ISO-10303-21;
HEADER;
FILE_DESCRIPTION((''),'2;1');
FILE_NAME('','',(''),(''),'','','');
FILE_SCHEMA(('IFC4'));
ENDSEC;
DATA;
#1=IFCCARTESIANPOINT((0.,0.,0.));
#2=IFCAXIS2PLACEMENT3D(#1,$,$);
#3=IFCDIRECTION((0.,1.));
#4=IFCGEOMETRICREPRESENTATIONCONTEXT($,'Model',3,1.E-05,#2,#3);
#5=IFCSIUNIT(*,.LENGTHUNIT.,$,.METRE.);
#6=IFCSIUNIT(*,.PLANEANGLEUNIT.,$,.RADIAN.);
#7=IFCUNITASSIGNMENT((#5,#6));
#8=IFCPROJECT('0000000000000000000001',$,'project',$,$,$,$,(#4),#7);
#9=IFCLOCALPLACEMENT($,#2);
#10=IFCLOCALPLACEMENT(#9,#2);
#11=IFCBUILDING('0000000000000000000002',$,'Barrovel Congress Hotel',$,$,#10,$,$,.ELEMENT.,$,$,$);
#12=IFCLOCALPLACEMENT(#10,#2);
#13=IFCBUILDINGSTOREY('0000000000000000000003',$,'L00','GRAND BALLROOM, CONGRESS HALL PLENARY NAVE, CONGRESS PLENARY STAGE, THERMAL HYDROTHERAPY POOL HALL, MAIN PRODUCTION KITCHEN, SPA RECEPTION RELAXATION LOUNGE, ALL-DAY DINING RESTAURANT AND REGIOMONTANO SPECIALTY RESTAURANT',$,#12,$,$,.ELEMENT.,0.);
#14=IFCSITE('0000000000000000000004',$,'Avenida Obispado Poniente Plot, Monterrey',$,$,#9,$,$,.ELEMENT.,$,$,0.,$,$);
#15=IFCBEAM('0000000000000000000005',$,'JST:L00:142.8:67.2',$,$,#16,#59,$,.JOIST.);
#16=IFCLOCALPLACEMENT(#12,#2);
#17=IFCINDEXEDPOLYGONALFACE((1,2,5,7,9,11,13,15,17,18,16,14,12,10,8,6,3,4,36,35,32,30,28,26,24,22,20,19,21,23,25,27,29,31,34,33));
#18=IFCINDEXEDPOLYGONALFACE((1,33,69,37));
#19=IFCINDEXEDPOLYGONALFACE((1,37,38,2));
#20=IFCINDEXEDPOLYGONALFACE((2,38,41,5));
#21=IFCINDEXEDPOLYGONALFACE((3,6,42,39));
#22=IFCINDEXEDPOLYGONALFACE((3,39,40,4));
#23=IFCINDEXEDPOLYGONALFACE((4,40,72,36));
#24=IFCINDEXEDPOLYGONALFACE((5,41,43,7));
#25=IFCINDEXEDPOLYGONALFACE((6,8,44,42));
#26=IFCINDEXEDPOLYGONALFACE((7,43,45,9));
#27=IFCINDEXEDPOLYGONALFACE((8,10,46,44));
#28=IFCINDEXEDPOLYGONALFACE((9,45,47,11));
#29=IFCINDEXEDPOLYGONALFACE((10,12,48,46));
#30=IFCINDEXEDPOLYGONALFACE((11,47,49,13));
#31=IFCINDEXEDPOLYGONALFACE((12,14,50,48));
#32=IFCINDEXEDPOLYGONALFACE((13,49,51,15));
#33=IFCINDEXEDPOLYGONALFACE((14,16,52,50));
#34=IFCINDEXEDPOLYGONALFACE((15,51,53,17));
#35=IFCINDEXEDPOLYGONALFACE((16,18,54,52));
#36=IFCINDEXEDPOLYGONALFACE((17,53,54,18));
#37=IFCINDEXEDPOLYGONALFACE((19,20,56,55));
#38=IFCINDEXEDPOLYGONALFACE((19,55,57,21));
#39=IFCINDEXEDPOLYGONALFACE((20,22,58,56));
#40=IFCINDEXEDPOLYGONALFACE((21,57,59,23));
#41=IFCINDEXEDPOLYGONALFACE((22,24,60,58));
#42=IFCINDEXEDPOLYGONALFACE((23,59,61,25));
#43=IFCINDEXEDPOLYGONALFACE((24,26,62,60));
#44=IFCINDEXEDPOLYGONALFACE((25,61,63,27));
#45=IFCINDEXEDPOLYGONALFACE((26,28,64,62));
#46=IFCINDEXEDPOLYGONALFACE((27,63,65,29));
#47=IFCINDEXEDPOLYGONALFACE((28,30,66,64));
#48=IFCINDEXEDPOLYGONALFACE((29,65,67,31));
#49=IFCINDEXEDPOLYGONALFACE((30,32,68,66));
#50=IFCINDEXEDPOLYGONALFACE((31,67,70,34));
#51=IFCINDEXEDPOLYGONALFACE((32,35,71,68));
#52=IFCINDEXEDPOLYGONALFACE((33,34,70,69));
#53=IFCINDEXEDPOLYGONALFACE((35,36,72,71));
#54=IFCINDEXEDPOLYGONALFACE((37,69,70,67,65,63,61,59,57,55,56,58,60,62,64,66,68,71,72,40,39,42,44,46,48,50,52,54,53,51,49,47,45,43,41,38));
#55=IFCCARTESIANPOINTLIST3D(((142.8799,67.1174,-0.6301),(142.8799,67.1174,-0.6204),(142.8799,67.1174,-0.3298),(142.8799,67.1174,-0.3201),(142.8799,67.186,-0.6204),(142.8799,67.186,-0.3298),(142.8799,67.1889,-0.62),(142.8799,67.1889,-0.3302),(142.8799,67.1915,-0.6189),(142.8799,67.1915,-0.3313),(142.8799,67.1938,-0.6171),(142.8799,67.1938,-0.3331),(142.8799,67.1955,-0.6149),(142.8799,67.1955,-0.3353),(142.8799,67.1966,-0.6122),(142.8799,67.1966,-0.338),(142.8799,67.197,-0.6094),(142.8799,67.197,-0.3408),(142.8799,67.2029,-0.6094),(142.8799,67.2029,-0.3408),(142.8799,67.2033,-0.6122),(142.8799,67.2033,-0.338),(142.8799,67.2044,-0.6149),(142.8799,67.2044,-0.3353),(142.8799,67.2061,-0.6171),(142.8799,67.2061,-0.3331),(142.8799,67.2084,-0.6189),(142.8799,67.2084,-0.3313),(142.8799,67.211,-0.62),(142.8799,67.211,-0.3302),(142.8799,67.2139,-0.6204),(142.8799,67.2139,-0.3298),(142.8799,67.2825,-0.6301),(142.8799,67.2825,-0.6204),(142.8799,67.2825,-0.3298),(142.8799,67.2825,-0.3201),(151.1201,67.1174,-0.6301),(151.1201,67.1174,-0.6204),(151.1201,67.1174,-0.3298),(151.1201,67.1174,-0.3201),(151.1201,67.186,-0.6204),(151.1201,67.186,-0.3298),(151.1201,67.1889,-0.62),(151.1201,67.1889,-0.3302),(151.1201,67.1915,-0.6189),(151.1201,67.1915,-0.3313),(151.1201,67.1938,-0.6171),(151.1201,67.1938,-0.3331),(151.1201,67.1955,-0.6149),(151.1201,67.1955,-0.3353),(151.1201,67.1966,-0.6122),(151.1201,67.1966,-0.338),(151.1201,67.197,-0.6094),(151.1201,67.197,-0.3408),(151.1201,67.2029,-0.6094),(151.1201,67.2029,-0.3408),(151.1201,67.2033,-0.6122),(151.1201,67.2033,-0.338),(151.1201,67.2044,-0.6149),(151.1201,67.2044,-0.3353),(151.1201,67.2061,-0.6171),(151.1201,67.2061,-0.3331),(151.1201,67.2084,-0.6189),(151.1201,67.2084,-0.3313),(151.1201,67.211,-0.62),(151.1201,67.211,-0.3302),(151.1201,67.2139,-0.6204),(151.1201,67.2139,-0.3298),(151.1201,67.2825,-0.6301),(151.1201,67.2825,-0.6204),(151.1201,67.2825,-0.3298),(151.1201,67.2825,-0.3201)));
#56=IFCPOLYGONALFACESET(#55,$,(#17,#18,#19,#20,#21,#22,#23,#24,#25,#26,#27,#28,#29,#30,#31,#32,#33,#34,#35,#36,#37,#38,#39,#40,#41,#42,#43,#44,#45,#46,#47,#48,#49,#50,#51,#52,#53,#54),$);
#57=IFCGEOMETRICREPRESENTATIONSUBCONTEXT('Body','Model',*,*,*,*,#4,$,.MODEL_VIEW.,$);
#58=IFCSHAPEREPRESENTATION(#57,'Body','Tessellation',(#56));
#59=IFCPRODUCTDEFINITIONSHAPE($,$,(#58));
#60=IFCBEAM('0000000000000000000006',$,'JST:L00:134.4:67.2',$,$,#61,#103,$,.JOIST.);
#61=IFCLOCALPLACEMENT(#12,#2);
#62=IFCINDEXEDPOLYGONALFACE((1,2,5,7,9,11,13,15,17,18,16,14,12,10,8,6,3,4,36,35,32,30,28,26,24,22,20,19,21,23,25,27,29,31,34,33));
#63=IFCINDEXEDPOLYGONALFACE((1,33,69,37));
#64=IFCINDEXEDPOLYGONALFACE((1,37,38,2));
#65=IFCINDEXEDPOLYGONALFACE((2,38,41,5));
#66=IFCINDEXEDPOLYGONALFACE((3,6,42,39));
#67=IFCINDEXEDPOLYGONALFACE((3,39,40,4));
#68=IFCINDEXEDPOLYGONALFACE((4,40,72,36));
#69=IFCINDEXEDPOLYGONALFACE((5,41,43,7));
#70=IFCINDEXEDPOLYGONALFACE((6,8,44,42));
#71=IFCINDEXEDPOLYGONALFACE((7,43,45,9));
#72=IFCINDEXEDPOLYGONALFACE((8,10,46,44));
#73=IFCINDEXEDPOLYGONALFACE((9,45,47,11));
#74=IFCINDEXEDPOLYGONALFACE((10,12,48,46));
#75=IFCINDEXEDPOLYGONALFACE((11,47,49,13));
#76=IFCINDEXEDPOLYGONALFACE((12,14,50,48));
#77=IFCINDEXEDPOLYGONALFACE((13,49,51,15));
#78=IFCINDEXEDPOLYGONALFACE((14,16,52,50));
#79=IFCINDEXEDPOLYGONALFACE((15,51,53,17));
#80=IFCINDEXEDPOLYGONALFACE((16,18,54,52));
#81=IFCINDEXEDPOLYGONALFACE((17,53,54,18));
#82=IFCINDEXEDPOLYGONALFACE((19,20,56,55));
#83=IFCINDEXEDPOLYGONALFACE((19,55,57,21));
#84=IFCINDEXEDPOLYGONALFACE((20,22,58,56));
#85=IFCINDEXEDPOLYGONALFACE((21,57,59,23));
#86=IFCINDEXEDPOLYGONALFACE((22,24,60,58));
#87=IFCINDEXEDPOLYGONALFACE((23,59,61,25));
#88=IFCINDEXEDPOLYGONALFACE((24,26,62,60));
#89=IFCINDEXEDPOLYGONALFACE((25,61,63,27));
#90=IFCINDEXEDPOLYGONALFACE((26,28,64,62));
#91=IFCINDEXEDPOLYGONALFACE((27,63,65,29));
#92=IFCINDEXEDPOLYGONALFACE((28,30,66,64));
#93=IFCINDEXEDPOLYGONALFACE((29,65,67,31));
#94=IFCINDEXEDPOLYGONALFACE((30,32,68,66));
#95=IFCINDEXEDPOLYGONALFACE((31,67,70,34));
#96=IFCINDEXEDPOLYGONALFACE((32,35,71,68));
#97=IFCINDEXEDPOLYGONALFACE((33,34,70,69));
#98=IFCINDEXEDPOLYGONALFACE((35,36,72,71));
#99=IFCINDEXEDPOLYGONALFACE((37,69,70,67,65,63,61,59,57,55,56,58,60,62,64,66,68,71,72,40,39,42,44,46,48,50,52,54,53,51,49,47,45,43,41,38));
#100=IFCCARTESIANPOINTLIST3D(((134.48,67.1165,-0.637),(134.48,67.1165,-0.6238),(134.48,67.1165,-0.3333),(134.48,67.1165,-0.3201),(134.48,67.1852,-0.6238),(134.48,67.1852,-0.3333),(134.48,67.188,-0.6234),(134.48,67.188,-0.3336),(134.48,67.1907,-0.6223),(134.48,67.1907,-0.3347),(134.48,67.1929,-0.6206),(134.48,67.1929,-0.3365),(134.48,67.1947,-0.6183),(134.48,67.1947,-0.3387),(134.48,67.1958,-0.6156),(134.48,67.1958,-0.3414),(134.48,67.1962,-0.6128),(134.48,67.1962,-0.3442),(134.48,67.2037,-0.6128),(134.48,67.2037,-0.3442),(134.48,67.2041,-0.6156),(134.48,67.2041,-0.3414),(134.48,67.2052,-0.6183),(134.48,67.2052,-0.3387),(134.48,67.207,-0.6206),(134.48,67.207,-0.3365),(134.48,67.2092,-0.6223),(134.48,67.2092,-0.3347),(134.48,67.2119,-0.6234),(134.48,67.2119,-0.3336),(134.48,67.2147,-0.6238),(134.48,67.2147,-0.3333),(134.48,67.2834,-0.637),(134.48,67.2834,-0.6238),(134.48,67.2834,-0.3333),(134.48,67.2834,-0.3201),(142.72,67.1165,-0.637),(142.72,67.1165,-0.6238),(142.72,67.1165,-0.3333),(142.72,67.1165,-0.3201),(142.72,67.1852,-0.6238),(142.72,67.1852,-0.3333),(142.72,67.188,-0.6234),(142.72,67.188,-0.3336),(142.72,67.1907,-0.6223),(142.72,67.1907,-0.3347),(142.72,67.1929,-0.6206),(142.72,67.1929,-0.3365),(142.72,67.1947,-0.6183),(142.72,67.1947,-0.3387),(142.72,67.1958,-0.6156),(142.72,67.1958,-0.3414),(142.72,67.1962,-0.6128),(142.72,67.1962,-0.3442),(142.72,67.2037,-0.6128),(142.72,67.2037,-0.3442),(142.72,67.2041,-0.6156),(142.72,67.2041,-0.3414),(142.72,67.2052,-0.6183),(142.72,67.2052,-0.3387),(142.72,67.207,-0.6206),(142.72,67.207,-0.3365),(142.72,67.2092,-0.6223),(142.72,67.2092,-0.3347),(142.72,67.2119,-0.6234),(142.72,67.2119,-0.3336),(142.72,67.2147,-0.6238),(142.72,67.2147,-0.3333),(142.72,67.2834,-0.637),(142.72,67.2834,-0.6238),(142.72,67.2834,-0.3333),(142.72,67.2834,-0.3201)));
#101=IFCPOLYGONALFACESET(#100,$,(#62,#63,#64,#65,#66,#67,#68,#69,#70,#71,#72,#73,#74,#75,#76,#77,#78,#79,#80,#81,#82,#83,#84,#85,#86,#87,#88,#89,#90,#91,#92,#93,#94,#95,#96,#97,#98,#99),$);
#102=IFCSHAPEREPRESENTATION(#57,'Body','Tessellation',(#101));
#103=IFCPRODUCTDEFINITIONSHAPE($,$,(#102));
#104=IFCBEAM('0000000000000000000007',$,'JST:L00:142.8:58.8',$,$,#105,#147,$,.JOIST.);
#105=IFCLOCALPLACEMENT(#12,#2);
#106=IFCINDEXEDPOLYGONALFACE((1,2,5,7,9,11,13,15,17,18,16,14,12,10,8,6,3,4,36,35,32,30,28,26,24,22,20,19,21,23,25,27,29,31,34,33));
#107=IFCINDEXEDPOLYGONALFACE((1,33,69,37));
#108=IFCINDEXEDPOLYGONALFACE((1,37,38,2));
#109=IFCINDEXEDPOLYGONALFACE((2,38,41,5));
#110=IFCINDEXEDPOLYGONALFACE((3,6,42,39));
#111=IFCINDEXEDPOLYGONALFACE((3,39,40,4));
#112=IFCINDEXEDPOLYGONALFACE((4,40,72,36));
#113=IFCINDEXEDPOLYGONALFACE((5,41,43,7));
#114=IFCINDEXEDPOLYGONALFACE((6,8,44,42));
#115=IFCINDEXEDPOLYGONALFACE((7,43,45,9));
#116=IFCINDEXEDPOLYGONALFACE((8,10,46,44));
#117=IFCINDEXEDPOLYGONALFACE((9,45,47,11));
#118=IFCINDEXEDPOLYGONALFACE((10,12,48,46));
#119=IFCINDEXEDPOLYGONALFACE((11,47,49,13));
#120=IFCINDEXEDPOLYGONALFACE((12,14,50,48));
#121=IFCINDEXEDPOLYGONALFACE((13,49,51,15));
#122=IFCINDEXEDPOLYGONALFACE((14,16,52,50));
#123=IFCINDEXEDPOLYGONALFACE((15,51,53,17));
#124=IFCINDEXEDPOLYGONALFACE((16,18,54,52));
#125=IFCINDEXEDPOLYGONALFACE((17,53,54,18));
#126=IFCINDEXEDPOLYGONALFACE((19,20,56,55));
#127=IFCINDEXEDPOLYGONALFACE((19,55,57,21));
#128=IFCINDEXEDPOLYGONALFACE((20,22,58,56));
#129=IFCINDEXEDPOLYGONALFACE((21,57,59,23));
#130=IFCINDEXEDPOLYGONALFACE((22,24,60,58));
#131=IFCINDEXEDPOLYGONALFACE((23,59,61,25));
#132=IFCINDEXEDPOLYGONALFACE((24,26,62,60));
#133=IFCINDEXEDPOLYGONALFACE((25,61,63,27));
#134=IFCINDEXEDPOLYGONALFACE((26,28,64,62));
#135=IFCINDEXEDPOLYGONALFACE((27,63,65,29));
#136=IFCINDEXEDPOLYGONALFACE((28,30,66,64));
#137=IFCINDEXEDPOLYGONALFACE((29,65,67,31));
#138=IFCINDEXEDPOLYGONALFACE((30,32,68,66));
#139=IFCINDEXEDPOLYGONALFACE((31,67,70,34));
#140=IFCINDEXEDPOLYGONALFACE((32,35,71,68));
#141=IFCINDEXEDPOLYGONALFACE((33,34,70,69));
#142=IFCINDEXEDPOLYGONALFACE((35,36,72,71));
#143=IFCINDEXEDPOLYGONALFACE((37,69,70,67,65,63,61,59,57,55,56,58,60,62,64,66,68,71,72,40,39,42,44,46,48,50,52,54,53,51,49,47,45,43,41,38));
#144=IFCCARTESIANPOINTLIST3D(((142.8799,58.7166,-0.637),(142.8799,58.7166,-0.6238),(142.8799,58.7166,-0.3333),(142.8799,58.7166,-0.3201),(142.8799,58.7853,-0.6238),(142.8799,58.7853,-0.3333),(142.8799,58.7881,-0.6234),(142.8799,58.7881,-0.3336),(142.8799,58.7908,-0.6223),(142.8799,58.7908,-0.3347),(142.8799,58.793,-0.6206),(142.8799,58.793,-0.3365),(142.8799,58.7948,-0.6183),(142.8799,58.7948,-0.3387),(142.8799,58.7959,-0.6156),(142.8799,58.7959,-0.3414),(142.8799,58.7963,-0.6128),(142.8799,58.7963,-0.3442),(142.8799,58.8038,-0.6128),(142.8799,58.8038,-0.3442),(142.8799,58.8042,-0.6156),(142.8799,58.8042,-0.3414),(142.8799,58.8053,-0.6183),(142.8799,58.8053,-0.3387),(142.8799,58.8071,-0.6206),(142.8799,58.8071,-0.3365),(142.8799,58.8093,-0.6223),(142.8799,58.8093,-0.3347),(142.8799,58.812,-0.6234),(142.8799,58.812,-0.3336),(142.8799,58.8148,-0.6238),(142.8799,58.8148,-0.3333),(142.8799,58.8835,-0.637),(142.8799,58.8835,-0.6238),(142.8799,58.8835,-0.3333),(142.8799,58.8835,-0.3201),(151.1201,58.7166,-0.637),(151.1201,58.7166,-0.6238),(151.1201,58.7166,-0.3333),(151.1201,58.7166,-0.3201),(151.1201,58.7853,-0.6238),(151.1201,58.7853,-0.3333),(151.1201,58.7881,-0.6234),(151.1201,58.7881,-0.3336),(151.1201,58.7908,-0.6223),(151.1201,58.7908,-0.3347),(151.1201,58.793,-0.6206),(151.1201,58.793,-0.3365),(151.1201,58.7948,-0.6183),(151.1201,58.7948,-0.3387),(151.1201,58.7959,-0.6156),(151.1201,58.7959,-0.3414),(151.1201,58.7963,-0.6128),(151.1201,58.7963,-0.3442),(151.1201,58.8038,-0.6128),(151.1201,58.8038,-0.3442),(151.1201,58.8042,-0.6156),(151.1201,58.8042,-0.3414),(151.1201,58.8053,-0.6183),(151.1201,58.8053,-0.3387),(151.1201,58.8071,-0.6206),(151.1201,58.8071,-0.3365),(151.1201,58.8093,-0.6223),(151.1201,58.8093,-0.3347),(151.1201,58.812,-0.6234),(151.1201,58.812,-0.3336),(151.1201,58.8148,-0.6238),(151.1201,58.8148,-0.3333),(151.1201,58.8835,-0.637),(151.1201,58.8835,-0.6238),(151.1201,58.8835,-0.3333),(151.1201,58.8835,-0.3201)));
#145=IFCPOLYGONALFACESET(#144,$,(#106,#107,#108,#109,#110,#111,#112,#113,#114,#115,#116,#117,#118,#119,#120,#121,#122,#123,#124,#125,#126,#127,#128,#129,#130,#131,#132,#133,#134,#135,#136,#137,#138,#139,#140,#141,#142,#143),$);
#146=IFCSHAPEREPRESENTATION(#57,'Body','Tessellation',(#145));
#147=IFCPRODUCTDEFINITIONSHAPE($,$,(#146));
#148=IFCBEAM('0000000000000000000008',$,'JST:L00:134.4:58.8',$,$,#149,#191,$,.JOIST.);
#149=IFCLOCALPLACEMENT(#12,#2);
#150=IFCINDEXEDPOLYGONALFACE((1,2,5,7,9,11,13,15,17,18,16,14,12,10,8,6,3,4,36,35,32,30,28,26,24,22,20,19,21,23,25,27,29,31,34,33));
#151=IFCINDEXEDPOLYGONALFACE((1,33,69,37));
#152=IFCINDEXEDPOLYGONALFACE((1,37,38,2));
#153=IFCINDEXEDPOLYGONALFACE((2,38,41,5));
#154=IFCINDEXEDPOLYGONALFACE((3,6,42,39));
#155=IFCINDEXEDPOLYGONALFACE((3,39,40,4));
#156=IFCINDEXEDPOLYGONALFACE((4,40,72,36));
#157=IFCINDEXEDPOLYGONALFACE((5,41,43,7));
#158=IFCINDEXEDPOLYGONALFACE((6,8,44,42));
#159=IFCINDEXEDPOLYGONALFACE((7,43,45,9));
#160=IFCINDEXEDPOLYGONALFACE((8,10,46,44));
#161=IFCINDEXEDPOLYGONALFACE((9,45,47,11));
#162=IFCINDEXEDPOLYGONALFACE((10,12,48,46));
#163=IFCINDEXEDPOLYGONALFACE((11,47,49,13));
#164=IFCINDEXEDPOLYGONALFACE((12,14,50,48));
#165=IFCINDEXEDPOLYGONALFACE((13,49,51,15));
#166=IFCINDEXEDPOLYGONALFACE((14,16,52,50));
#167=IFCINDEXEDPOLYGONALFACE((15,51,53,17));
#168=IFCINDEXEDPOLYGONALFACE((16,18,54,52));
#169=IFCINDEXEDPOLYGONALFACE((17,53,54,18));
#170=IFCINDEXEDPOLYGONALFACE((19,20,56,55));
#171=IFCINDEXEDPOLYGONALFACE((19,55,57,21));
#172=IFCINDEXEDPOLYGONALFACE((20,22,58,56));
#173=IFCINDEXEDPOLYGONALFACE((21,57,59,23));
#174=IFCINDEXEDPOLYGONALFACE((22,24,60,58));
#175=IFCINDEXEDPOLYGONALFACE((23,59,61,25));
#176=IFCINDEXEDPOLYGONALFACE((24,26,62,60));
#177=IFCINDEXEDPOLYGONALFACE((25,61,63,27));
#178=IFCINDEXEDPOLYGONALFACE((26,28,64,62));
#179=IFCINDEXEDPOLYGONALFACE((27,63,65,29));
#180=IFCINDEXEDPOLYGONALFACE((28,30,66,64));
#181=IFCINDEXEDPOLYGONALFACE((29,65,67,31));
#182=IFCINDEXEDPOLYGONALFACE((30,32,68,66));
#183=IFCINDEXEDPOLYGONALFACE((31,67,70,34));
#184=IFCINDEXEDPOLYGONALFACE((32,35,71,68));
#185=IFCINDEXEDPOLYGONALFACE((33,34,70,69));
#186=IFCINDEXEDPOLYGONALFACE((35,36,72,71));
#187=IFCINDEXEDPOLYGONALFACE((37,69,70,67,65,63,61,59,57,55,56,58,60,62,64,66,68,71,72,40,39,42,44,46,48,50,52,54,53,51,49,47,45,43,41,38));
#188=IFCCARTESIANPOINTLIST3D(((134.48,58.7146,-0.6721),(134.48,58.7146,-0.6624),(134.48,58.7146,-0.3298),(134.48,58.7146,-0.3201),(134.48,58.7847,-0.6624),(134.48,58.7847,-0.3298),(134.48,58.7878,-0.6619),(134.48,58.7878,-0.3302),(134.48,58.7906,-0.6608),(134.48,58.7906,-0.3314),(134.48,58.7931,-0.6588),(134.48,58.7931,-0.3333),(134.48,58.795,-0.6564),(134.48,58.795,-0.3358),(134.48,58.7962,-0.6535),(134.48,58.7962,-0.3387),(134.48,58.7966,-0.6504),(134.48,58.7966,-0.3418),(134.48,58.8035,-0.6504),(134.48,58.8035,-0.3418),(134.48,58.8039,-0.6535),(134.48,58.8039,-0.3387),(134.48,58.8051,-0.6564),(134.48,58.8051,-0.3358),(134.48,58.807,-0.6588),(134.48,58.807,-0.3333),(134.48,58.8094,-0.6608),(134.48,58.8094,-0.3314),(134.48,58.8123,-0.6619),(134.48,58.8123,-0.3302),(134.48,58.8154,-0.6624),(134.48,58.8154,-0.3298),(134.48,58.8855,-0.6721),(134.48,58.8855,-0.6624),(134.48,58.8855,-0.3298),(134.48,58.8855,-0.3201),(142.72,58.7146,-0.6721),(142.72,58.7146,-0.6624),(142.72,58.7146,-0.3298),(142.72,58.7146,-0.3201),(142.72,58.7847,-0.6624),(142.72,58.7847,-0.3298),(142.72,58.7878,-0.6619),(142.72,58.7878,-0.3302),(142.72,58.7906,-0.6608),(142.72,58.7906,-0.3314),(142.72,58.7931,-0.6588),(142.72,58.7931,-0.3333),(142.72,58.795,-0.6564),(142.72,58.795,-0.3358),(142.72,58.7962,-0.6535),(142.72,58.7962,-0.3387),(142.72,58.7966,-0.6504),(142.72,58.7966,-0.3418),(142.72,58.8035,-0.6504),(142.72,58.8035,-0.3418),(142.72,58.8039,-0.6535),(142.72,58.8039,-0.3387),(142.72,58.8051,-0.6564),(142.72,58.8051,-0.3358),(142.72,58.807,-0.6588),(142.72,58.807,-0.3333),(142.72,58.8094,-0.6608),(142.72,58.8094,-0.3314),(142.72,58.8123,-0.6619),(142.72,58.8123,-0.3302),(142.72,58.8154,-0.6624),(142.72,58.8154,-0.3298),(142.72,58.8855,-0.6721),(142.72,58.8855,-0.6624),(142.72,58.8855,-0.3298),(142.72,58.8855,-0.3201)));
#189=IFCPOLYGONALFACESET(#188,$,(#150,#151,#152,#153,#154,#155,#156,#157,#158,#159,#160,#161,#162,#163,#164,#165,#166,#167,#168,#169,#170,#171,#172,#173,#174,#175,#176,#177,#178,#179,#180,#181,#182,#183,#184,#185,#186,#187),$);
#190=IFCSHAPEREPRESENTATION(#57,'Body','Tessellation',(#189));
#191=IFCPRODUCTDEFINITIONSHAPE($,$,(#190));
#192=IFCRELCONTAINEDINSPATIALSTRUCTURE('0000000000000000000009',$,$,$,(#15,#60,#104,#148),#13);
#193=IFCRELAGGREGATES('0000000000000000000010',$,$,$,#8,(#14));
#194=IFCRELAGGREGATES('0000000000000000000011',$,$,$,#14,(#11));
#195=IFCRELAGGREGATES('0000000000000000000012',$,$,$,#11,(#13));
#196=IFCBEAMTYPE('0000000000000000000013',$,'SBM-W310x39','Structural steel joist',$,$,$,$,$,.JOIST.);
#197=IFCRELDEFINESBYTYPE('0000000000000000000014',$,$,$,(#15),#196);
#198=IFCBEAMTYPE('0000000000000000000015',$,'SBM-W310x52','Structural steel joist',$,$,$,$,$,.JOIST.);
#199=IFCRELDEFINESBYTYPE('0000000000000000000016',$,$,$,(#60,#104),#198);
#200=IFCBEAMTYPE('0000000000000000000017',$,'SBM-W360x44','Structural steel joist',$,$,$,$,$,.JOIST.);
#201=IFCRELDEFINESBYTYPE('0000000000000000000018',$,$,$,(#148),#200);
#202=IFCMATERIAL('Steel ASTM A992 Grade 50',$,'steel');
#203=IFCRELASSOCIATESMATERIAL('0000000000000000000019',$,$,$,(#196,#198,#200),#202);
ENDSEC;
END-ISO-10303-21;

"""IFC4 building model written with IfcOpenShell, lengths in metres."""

from ifc_helpers import new_model, si_unit, direction, frame, origin, origin_2d, place, context, subcontext, project, spatial, i_section, extrude, material, material_profile, profile_set, type_object, element, save


model = new_model("IFC4")

# Units and contexts
model_context = context("Model", 3, precision=1e-05, world=origin(), true_north=direction((0.0, 1.0)))
body_context = subcontext(model_context, "Body", "Model", "MODEL_VIEW")
ifc_project = project(units=[si_unit("LENGTHUNIT", "METRE"), si_unit("PLANEANGLEUNIT", "RADIAN")], contexts=[model_context])

# Site, building, storey
site_placement = place(None, origin())
site = spatial("IfcSite", under=ifc_project, at=site_placement, Name="Avenida Obispado Poniente Plot, Monterrey", CompositionType="ELEMENT", RefElevation=0.0)
building_placement = place(site_placement, origin())
building = spatial("IfcBuilding", under=site, at=building_placement, Name="Barrovel Congress Hotel", CompositionType="ELEMENT")
storey_placement = place(building_placement, origin())
storey = spatial("IfcBuildingStorey", under=building, at=storey_placement, Name="L00", Description="GRAND BALLROOM, CONGRESS HALL PLENARY NAVE, CONGRESS PLENARY STAGE, THERMAL HYDROTHERAPY POOL HALL, MAIN PRODUCTION KITCHEN, SPA RECEPTION RELAXATION LOUNGE, ALL-DAY DINING RESTAURANT AND REGIOMONTANO SPECIALTY RESTAURANT", CompositionType="ELEMENT", Elevation=0.0)

# Beams
ifc_material_1 = material(Name="Steel ASTM A992 Grade 50", Category="steel")
ifc_material_profile_1 = material_profile(ifc_material_1, i_section(OverallWidth=0.165, OverallDepth=0.3101, WebThickness=0.0059, FlangeThickness=0.0098, FilletRadius=0.011, at=origin_2d()), Name="W310x39")
ifc_profile_set_1 = profile_set([ifc_material_profile_1], Name="Steel ASTM A992 Grade 50")
beam_type_1 = type_object("IfcBeamType", Name="SBM-W310x39", Description="Structural steel joist", PredefinedType="JOIST", material=ifc_profile_set_1)
beam_1_placement = place(storey_placement, frame((142.8799, 67.2, -0.4751), z_axis=(1.0, 0.0, 0.0), x_axis=(0.0, 1.0, 0.0)))
element("IfcBeam", 1, at=beam_1_placement, inside=storey, type_object=beam_type_1, Name="JST:L00:142.8:67.2", PredefinedType="JOIST", context=body_context, shape_type="SweptSolid", body=[
    extrude(i_section(OverallWidth=0.165, OverallDepth=0.3101, WebThickness=0.0059, FlangeThickness=0.0098, FilletRadius=0.011, at=origin_2d()), origin(), (0.0, 0.0, 1.0), 8.2402),
])
ifc_material_profile_2 = material_profile(ifc_material_1, i_section(OverallWidth=0.167, OverallDepth=0.3169, WebThickness=0.0076, FlangeThickness=0.0132, FilletRadius=0.011, at=origin_2d()), Name="W310x52")
ifc_profile_set_2 = profile_set([ifc_material_profile_2], Name="Steel ASTM A992 Grade 50")
beam_type_2 = type_object("IfcBeamType", Name="SBM-W310x52", Description="Structural steel joist", PredefinedType="JOIST", material=ifc_profile_set_2)
beam_2_placement = place(storey_placement, frame((134.48, 67.2, -0.4785), z_axis=(1.0, 0.0, 0.0), x_axis=(0.0, 1.0, 0.0)))
element("IfcBeam", 2, at=beam_2_placement, inside=storey, type_object=beam_type_2, Name="JST:L00:134.4:67.2", PredefinedType="JOIST", context=body_context, shape_type="SweptSolid", body=[
    extrude(i_section(OverallWidth=0.167, OverallDepth=0.3169, WebThickness=0.0076, FlangeThickness=0.0132, FilletRadius=0.011, at=origin_2d()), origin(), (0.0, 0.0, 1.0), 8.24),
])
beam_3_placement = place(storey_placement, frame((142.8799, 58.8, -0.4785), z_axis=(1.0, 0.0, 0.0), x_axis=(0.0, 1.0, 0.0)))
element("IfcBeam", 3, at=beam_3_placement, inside=storey, type_object=beam_type_2, Name="JST:L00:142.8:58.8", PredefinedType="JOIST", context=body_context, shape_type="SweptSolid", body=[
    extrude(i_section(OverallWidth=0.167, OverallDepth=0.3169, WebThickness=0.0076, FlangeThickness=0.0132, FilletRadius=0.011, at=origin_2d()), origin(), (0.0, 0.0, 1.0), 8.2402),
])
ifc_material_profile_3 = material_profile(ifc_material_1, i_section(OverallWidth=0.1709, OverallDepth=0.3521, WebThickness=0.0068, FlangeThickness=0.0098, FilletRadius=0.012, at=origin_2d()), Name="W360x44")
ifc_profile_set_3 = profile_set([ifc_material_profile_3], Name="Steel ASTM A992 Grade 50")
beam_type_3 = type_object("IfcBeamType", Name="SBM-W360x44", Description="Structural steel joist", PredefinedType="JOIST", material=ifc_profile_set_3)
beam_4_placement = place(storey_placement, frame((134.48, 58.8, -0.4961), z_axis=(1.0, 0.0, 0.0), x_axis=(0.0, 1.0, 0.0)))
element("IfcBeam", 4, at=beam_4_placement, inside=storey, type_object=beam_type_3, Name="JST:L00:134.4:58.8", PredefinedType="JOIST", context=body_context, shape_type="SweptSolid", body=[
    extrude(i_section(OverallWidth=0.1709, OverallDepth=0.3521, WebThickness=0.0068, FlangeThickness=0.0098, FilletRadius=0.012, at=origin_2d()), origin(), (0.0, 0.0, 1.0), 8.24),
])

save(model, "model.ifc")
